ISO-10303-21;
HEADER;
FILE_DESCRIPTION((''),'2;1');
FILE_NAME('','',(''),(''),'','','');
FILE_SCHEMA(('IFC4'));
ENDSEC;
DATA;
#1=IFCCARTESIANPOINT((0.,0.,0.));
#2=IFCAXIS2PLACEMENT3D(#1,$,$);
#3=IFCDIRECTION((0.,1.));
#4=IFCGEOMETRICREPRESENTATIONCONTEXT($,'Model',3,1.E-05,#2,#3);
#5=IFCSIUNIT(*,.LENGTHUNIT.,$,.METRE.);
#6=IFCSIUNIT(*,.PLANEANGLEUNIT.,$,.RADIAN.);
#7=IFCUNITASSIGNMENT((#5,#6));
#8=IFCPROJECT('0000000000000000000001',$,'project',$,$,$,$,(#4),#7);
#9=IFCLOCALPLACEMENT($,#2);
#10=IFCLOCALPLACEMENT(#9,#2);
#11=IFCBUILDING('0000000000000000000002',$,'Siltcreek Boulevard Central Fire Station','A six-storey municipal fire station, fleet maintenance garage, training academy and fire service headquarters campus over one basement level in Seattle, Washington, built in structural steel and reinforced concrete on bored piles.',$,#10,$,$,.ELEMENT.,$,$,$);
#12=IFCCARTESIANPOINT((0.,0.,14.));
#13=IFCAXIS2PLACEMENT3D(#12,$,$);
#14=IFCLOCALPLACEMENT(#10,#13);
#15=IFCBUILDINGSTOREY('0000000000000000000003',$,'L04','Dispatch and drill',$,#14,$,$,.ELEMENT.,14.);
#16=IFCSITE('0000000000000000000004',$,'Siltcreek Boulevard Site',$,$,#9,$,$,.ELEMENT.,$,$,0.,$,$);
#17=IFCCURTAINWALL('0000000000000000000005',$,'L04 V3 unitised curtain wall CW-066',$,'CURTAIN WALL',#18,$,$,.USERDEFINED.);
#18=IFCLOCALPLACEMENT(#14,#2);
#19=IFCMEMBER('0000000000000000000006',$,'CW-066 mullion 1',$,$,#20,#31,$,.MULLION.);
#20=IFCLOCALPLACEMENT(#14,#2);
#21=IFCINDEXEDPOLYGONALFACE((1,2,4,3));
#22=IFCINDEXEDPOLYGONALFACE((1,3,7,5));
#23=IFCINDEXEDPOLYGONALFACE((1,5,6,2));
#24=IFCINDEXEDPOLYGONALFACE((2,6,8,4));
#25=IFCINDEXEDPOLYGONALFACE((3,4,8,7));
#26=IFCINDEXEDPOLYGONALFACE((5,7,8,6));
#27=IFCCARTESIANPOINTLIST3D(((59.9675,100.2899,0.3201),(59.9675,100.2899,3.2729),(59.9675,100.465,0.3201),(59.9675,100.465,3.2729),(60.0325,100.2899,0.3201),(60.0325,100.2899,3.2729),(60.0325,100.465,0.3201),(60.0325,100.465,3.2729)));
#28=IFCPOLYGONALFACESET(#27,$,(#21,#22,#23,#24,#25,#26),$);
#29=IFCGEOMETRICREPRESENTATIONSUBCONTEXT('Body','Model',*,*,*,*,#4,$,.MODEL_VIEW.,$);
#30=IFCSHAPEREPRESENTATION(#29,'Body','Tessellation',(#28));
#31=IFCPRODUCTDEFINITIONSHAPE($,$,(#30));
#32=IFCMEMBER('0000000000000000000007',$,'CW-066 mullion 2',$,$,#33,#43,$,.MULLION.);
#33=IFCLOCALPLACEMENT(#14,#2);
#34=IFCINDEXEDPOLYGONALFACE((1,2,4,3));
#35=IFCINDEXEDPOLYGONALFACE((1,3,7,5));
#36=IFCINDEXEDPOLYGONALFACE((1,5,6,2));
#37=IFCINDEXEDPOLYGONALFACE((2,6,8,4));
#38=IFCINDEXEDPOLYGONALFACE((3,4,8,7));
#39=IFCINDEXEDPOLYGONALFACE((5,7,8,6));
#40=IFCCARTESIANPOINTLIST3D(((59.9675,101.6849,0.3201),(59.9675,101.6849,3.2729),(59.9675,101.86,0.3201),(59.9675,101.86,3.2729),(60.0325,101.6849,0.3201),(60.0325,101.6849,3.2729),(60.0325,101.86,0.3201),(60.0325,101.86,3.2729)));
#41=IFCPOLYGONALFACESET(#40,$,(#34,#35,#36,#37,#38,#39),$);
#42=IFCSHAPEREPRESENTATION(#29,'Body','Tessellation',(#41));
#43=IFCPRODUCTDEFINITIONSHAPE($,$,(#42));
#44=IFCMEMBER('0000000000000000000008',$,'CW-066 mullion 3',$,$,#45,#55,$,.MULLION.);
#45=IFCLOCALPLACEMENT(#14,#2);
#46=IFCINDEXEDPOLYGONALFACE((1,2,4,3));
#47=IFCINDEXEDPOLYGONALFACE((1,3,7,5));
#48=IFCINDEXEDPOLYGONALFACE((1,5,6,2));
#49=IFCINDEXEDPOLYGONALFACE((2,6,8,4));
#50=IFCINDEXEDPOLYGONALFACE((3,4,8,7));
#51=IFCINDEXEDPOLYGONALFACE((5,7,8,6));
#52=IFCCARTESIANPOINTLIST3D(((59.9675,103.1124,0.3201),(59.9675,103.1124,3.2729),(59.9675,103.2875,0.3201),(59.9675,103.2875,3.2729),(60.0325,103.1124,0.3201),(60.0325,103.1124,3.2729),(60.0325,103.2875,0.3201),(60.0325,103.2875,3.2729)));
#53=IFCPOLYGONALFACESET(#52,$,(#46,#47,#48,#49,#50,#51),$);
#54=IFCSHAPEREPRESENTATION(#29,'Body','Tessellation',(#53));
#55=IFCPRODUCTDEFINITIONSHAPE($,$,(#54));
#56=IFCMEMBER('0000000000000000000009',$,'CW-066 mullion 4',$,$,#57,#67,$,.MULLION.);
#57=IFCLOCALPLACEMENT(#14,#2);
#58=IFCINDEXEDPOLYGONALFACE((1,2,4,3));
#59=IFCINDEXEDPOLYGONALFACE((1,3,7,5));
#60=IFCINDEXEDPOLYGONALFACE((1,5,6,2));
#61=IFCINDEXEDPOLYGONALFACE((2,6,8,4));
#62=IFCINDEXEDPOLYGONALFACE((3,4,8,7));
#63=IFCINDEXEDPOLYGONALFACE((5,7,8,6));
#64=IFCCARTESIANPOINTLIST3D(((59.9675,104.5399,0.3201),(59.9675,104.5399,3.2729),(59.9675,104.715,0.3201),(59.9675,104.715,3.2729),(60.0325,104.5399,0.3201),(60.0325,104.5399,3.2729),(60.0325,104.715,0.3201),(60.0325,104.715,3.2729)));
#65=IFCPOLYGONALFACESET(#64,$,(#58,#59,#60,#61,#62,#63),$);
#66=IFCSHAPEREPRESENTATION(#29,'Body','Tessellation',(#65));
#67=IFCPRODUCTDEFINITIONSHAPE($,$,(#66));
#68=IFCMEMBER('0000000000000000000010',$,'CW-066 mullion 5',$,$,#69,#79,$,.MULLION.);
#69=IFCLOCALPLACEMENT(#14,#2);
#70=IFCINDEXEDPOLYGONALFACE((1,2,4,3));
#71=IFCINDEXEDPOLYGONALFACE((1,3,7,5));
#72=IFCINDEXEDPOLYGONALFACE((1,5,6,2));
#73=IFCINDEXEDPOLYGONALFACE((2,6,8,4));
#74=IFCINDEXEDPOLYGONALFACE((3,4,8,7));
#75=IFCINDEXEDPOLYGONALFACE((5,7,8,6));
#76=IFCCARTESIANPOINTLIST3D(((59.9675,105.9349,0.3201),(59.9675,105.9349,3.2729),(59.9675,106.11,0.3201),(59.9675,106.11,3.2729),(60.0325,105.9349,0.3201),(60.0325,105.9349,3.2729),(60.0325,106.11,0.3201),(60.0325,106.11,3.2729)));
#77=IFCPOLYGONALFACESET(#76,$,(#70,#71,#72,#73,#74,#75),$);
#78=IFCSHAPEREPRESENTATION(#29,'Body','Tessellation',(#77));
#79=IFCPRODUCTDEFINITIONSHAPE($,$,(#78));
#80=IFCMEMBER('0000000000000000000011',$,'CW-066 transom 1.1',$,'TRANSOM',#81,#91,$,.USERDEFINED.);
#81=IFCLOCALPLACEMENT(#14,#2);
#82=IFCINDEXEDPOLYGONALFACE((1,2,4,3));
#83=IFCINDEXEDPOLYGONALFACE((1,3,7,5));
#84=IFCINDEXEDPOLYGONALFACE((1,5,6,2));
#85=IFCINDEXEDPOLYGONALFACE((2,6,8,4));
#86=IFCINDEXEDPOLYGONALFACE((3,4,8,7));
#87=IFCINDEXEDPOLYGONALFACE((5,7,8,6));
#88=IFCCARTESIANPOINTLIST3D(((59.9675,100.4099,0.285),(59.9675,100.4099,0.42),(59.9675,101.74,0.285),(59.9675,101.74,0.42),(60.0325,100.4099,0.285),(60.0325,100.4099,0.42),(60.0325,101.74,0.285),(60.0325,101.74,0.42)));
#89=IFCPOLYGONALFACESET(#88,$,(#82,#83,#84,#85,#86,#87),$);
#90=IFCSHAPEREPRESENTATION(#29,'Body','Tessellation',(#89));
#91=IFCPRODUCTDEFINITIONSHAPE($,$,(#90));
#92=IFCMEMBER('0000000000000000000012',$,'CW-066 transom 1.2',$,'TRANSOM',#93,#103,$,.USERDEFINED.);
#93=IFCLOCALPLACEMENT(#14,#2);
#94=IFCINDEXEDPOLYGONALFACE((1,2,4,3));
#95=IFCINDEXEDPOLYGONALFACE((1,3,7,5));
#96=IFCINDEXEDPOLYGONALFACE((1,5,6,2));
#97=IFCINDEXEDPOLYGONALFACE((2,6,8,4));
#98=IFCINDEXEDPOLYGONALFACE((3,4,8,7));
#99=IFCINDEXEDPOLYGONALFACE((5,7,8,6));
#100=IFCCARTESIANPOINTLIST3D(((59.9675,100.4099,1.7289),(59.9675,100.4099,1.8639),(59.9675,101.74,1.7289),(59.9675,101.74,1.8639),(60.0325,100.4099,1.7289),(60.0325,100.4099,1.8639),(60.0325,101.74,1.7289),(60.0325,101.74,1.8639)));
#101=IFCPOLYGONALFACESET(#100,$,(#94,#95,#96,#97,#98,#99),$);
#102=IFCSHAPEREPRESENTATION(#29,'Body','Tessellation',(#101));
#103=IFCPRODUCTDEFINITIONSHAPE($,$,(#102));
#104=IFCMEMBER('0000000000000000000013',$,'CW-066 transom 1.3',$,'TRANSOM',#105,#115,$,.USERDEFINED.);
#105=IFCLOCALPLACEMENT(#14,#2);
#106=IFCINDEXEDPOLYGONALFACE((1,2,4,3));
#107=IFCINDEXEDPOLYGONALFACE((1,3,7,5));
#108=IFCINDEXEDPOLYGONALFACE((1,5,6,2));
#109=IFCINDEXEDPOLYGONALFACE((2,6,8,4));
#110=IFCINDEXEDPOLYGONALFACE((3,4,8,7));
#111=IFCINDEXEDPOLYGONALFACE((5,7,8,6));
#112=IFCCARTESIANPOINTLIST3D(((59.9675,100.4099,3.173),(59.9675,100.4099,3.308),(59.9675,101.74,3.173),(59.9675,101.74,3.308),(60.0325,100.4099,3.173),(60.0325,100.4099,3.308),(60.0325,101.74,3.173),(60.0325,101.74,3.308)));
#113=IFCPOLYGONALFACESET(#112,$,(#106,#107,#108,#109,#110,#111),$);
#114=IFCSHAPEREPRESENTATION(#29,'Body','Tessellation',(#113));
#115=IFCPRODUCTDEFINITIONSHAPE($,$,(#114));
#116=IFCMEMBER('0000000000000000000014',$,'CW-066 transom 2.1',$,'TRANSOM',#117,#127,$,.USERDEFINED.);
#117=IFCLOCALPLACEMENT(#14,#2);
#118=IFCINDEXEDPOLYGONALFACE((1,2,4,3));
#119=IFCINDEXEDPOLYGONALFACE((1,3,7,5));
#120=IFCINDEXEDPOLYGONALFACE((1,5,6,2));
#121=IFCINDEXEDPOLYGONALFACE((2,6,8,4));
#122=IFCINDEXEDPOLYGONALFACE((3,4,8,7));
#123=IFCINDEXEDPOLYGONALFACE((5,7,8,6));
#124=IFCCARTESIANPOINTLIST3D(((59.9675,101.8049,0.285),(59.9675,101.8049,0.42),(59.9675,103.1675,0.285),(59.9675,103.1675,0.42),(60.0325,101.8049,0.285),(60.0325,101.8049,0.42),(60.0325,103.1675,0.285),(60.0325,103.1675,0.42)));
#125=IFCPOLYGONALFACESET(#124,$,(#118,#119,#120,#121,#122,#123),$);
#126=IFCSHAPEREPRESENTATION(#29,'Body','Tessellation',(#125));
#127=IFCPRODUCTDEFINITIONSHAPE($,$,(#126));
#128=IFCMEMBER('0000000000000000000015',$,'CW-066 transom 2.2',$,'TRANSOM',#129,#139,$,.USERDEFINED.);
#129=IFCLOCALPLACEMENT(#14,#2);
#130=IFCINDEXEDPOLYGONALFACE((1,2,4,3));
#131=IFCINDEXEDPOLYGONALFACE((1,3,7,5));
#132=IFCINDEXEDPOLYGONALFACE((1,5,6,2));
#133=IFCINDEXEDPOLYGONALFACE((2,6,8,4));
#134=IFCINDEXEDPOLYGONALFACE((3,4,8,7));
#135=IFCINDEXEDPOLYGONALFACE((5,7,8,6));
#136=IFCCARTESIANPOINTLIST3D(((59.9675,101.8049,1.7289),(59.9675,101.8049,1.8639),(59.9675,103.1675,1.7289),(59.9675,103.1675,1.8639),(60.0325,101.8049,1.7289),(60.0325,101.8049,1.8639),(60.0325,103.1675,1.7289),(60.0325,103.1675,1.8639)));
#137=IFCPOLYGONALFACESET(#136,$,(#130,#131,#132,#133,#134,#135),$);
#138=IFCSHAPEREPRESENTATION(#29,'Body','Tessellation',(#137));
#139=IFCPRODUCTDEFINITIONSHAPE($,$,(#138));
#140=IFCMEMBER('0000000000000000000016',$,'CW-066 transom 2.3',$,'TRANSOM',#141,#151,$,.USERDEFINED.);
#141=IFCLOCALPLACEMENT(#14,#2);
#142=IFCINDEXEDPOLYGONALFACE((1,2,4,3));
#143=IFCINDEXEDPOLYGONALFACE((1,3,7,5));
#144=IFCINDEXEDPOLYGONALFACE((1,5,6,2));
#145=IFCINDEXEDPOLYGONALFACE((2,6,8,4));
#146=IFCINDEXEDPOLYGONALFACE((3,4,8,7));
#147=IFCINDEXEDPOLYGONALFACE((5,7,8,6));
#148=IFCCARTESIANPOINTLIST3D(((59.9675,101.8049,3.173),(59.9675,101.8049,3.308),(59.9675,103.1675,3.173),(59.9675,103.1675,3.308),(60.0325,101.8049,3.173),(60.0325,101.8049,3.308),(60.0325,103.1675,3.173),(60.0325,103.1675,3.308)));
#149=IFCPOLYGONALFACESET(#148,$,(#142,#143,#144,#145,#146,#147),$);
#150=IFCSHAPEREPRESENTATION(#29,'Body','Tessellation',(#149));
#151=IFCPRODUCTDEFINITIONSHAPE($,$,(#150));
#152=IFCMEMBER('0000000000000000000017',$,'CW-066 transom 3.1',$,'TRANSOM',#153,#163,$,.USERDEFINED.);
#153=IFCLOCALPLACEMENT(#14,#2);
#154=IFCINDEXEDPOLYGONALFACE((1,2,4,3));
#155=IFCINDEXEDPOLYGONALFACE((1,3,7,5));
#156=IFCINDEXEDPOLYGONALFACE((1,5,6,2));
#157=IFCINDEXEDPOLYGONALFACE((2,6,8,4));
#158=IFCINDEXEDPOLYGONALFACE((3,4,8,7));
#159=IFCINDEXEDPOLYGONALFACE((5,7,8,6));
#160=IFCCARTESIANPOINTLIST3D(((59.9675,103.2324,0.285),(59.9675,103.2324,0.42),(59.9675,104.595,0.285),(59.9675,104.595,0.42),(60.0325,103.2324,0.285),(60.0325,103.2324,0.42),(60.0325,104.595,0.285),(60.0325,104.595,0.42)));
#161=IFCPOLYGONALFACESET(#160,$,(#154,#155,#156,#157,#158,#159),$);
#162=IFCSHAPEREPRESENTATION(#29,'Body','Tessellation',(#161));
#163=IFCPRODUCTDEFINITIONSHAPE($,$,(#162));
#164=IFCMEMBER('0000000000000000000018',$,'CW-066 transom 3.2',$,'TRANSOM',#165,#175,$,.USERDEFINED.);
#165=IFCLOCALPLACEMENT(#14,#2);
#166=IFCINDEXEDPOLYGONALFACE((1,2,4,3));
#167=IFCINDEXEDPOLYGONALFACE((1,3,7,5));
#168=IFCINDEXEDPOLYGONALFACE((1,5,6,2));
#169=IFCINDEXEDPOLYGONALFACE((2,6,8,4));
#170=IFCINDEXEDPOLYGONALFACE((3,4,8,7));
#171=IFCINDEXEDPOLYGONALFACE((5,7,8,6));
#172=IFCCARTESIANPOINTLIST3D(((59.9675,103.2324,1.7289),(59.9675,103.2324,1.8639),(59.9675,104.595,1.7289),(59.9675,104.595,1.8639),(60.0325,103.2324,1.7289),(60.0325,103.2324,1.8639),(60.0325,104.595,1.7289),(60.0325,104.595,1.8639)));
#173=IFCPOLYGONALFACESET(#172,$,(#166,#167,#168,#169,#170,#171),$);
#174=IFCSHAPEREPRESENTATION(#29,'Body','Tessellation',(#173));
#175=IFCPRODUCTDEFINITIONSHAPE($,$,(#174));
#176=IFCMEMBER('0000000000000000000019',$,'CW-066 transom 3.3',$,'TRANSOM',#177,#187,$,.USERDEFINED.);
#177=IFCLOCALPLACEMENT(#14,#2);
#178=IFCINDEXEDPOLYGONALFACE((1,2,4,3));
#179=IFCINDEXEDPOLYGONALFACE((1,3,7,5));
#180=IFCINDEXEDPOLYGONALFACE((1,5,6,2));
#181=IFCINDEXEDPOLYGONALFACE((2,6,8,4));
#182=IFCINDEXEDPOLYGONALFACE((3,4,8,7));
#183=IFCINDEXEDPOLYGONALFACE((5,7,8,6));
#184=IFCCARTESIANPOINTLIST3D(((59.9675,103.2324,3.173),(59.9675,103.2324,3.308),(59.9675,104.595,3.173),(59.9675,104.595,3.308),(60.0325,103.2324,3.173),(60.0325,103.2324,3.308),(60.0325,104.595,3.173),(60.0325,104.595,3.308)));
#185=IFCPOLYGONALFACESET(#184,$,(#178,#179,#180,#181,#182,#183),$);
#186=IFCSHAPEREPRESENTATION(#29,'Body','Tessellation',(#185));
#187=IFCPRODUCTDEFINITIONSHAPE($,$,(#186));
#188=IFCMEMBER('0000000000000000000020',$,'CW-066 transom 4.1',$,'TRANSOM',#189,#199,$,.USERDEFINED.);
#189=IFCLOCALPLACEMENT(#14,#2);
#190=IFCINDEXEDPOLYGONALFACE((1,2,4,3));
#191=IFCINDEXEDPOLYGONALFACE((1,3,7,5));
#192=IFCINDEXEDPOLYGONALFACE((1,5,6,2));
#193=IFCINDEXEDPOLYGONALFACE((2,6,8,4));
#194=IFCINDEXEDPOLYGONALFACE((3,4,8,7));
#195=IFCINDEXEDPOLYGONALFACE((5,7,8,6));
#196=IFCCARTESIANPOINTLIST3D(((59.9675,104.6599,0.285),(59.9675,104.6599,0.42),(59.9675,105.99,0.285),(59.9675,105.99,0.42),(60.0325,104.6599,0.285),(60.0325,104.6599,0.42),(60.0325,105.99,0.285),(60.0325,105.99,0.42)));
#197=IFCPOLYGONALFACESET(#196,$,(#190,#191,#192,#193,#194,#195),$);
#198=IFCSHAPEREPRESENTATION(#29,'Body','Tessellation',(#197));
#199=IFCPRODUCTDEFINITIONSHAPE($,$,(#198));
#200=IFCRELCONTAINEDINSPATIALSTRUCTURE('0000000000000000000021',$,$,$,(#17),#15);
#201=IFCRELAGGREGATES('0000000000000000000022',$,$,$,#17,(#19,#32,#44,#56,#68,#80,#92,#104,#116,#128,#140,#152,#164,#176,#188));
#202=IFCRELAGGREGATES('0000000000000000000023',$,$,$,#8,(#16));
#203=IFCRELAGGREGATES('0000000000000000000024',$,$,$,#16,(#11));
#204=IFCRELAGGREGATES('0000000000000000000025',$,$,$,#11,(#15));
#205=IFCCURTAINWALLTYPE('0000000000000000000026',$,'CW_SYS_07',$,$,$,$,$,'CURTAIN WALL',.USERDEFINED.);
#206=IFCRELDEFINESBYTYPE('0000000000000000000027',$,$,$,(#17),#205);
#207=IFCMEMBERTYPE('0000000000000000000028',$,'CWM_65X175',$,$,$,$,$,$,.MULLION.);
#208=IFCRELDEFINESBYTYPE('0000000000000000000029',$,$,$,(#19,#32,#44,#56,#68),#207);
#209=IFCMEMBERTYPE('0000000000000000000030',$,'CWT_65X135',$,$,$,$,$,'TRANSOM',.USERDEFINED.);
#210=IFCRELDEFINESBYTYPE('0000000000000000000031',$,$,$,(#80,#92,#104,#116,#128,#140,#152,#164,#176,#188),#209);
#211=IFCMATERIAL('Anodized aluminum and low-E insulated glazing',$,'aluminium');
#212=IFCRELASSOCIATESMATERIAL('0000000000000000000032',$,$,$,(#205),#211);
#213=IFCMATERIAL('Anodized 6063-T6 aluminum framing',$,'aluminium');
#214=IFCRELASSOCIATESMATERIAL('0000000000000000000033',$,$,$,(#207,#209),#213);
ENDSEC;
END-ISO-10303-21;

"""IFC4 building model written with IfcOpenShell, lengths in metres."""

from ifc_helpers import new_model, si_unit, direction, frame, origin, origin_2d, place, context, subcontext, project, spatial, rectangle, extrude, material, material_profile, profile_set, type_object, element, aggregate, save


model = new_model("IFC4")

# Units and contexts
model_context = context("Model", 3, precision=1e-05, world=origin(), true_north=direction((0.0, 1.0)))
body_context = subcontext(model_context, "Body", "Model", "MODEL_VIEW")
ifc_project = project(units=[si_unit("LENGTHUNIT", "METRE"), si_unit("PLANEANGLEUNIT", "RADIAN")], contexts=[model_context])

# Site, building, storey
site_placement = place(None, origin())
site = spatial("IfcSite", under=ifc_project, at=site_placement, Name="Siltcreek Boulevard Site", CompositionType="ELEMENT", RefElevation=0.0)
building_placement = place(site_placement, origin())
building = spatial("IfcBuilding", under=site, at=building_placement, Name="Siltcreek Boulevard Central Fire Station", Description="A six-storey municipal fire station, fleet maintenance garage, training academy and fire service headquarters campus over one basement level in Seattle, Washington, built in structural steel and reinforced concrete on bored piles.", CompositionType="ELEMENT")
storey_placement = place(building_placement, frame((0.0, 0.0, 14.0)))
storey = spatial("IfcBuildingStorey", under=building, at=storey_placement, Name="L04", Description="Dispatch and drill", CompositionType="ELEMENT", Elevation=14.0)

# Curtain wall, members
ifc_material_1 = material(Name="Anodized aluminum and low-E insulated glazing", Category="aluminium")
curtain_wall_type = type_object("IfcCurtainWallType", Name="CW_SYS_07", ElementType="CURTAIN WALL", PredefinedType="USERDEFINED", material=ifc_material_1)
curtain_wall_placement = place(storey_placement, origin())
curtain_wall = element("IfcCurtainWall", 1, at=curtain_wall_placement, inside=storey, type_object=curtain_wall_type, Name="L04 V3 unitised curtain wall CW-066", ObjectType="CURTAIN WALL", PredefinedType="USERDEFINED")
ifc_material_2 = material(Name="Anodized 6063-T6 aluminum framing", Category="aluminium")
ifc_material_profile_1 = material_profile(ifc_material_2, rectangle(XDim=0.0649, YDim=0.175, at=origin_2d()), Name="MULL65X175")
ifc_profile_set_1 = profile_set([ifc_material_profile_1], Name="Anodized 6063-T6 aluminum framing")
member_type_1 = type_object("IfcMemberType", Name="CWM_65X175", PredefinedType="MULLION", material=ifc_profile_set_1)
member_1_placement = place(storey_placement, frame((60.0, 100.3774, 0.3201), z_axis=(0.0, 0.0, 1.0), x_axis=(-1.0, 0.0, 0.0)))
member_1 = element("IfcMember", 2, at=member_1_placement, type_object=member_type_1, Name="CW-066 mullion 1", PredefinedType="MULLION", context=body_context, shape_type="SweptSolid", body=[
    extrude(rectangle(XDim=0.0649, YDim=0.175, at=origin_2d()), origin(), (0.0, 0.0, 1.0), 2.9529),
])
member_2_placement = place(storey_placement, frame((60.0, 101.7725, 0.3201), z_axis=(0.0, 0.0, 1.0), x_axis=(-1.0, 0.0, 0.0)))
member_2 = element("IfcMember", 3, at=member_2_placement, type_object=member_type_1, Name="CW-066 mullion 2", PredefinedType="MULLION", context=body_context, shape_type="SweptSolid", body=[
    extrude(rectangle(XDim=0.0649, YDim=0.175, at=origin_2d()), origin(), (0.0, 0.0, 1.0), 2.9529),
])
member_3_placement = place(storey_placement, frame((60.0, 103.2, 0.3201), z_axis=(0.0, 0.0, 1.0), x_axis=(-1.0, 0.0, 0.0)))
member_3 = element("IfcMember", 4, at=member_3_placement, type_object=member_type_1, Name="CW-066 mullion 3", PredefinedType="MULLION", context=body_context, shape_type="SweptSolid", body=[
    extrude(rectangle(XDim=0.0649, YDim=0.175, at=origin_2d()), origin(), (0.0, 0.0, 1.0), 2.9529),
])
member_4_placement = place(storey_placement, frame((60.0, 104.6274, 0.3201), z_axis=(0.0, 0.0, 1.0), x_axis=(-1.0, 0.0, 0.0)))
member_4 = element("IfcMember", 5, at=member_4_placement, type_object=member_type_1, Name="CW-066 mullion 4", PredefinedType="MULLION", context=body_context, shape_type="SweptSolid", body=[
    extrude(rectangle(XDim=0.0649, YDim=0.175, at=origin_2d()), origin(), (0.0, 0.0, 1.0), 2.9529),
])
member_5_placement = place(storey_placement, frame((60.0, 106.0225, 0.3201), z_axis=(0.0, 0.0, 1.0), x_axis=(-1.0, 0.0, 0.0)))
member_5 = element("IfcMember", 6, at=member_5_placement, type_object=member_type_1, Name="CW-066 mullion 5", PredefinedType="MULLION", context=body_context, shape_type="SweptSolid", body=[
    extrude(rectangle(XDim=0.0649, YDim=0.175, at=origin_2d()), origin(), (0.0, 0.0, 1.0), 2.9529),
])
ifc_material_profile_2 = material_profile(ifc_material_2, rectangle(XDim=0.0649, YDim=0.135, at=origin_2d()), Name="TRAN65X135")
ifc_profile_set_2 = profile_set([ifc_material_profile_2], Name="Anodized 6063-T6 aluminum framing")
member_type_2 = type_object("IfcMemberType", Name="CWT_65X135", ElementType="TRANSOM", PredefinedType="USERDEFINED", material=ifc_profile_set_2)
member_6_placement = place(storey_placement, frame((60.0, 100.4099, 0.3525), z_axis=(0.0, 1.0, 0.0), x_axis=(-1.0, 0.0, 0.0)))
member_6 = element("IfcMember", 7, at=member_6_placement, type_object=member_type_2, Name="CW-066 transom 1.1", ObjectType="TRANSOM", PredefinedType="USERDEFINED", context=body_context, shape_type="SweptSolid", body=[
    extrude(rectangle(XDim=0.0649, YDim=0.135, at=origin_2d()), origin(), (0.0, 0.0, 1.0), 1.3301),
])
member_7_placement = place(storey_placement, frame((60.0, 100.4099, 1.7964), z_axis=(0.0, 1.0, 0.0), x_axis=(-1.0, 0.0, 0.0)))
member_7 = element("IfcMember", 8, at=member_7_placement, type_object=member_type_2, Name="CW-066 transom 1.2", ObjectType="TRANSOM", PredefinedType="USERDEFINED", context=body_context, shape_type="SweptSolid", body=[
    extrude(rectangle(XDim=0.0649, YDim=0.135, at=origin_2d()), origin(), (0.0, 0.0, 1.0), 1.3301),
])
member_8_placement = place(storey_placement, frame((60.0, 100.4099, 3.2405), z_axis=(0.0, 1.0, 0.0), x_axis=(-1.0, 0.0, 0.0)))
member_8 = element("IfcMember", 9, at=member_8_placement, type_object=member_type_2, Name="CW-066 transom 1.3", ObjectType="TRANSOM", PredefinedType="USERDEFINED", context=body_context, shape_type="SweptSolid", body=[
    extrude(rectangle(XDim=0.0649, YDim=0.135, at=origin_2d()), origin(), (0.0, 0.0, 1.0), 1.3301),
])
member_9_placement = place(storey_placement, frame((60.0, 101.8049, 0.3525), z_axis=(0.0, 1.0, 0.0), x_axis=(-1.0, 0.0, 0.0)))
member_9 = element("IfcMember", 10, at=member_9_placement, type_object=member_type_2, Name="CW-066 transom 2.1", ObjectType="TRANSOM", PredefinedType="USERDEFINED", context=body_context, shape_type="SweptSolid", body=[
    extrude(rectangle(XDim=0.0649, YDim=0.135, at=origin_2d()), origin(), (0.0, 0.0, 1.0), 1.3625),
])
member_10_placement = place(storey_placement, frame((60.0, 101.8049, 1.7964), z_axis=(0.0, 1.0, 0.0), x_axis=(-1.0, 0.0, 0.0)))
member_10 = element("IfcMember", 11, at=member_10_placement, type_object=member_type_2, Name="CW-066 transom 2.2", ObjectType="TRANSOM", PredefinedType="USERDEFINED", context=body_context, shape_type="SweptSolid", body=[
    extrude(rectangle(XDim=0.0649, YDim=0.135, at=origin_2d()), origin(), (0.0, 0.0, 1.0), 1.3625),
])
member_11_placement = place(storey_placement, frame((60.0, 101.8049, 3.2405), z_axis=(0.0, 1.0, 0.0), x_axis=(-1.0, 0.0, 0.0)))
member_11 = element("IfcMember", 12, at=member_11_placement, type_object=member_type_2, Name="CW-066 transom 2.3", ObjectType="TRANSOM", PredefinedType="USERDEFINED", context=body_context, shape_type="SweptSolid", body=[
    extrude(rectangle(XDim=0.0649, YDim=0.135, at=origin_2d()), origin(), (0.0, 0.0, 1.0), 1.3625),
])
member_12_placement = place(storey_placement, frame((60.0, 103.2324, 0.3525), z_axis=(0.0, 1.0, 0.0), x_axis=(-1.0, 0.0, 0.0)))
member_12 = element("IfcMember", 13, at=member_12_placement, type_object=member_type_2, Name="CW-066 transom 3.1", ObjectType="TRANSOM", PredefinedType="USERDEFINED", context=body_context, shape_type="SweptSolid", body=[
    extrude(rectangle(XDim=0.0649, YDim=0.135, at=origin_2d()), origin(), (0.0, 0.0, 1.0), 1.3625),
])
member_13_placement = place(storey_placement, frame((60.0, 103.2324, 1.7964), z_axis=(0.0, 1.0, 0.0), x_axis=(-1.0, 0.0, 0.0)))
member_13 = element("IfcMember", 14, at=member_13_placement, type_object=member_type_2, Name="CW-066 transom 3.2", ObjectType="TRANSOM", PredefinedType="USERDEFINED", context=body_context, shape_type="SweptSolid", body=[
    extrude(rectangle(XDim=0.0649, YDim=0.135, at=origin_2d()), origin(), (0.0, 0.0, 1.0), 1.3625),
])
member_14_placement = place(storey_placement, frame((60.0, 103.2324, 3.2405), z_axis=(0.0, 1.0, 0.0), x_axis=(-1.0, 0.0, 0.0)))
member_14 = element("IfcMember", 15, at=member_14_placement, type_object=member_type_2, Name="CW-066 transom 3.3", ObjectType="TRANSOM", PredefinedType="USERDEFINED", context=body_context, shape_type="SweptSolid", body=[
    extrude(rectangle(XDim=0.0649, YDim=0.135, at=origin_2d()), origin(), (0.0, 0.0, 1.0), 1.3625),
])
member_15_placement = place(storey_placement, frame((60.0, 104.6599, 0.3525), z_axis=(0.0, 1.0, 0.0), x_axis=(-1.0, 0.0, 0.0)))
member_15 = element("IfcMember", 16, at=member_15_placement, type_object=member_type_2, Name="CW-066 transom 4.1", ObjectType="TRANSOM", PredefinedType="USERDEFINED", context=body_context, shape_type="SweptSolid", body=[
    extrude(rectangle(XDim=0.0649, YDim=0.135, at=origin_2d()), origin(), (0.0, 0.0, 1.0), 1.3301),
])
aggregate(curtain_wall, [member_1, member_2, member_3, member_4, member_5, member_6, member_7, member_8, member_9, member_10, member_11, member_12, member_13, member_14, member_15])

save(model, "model.ifc")
